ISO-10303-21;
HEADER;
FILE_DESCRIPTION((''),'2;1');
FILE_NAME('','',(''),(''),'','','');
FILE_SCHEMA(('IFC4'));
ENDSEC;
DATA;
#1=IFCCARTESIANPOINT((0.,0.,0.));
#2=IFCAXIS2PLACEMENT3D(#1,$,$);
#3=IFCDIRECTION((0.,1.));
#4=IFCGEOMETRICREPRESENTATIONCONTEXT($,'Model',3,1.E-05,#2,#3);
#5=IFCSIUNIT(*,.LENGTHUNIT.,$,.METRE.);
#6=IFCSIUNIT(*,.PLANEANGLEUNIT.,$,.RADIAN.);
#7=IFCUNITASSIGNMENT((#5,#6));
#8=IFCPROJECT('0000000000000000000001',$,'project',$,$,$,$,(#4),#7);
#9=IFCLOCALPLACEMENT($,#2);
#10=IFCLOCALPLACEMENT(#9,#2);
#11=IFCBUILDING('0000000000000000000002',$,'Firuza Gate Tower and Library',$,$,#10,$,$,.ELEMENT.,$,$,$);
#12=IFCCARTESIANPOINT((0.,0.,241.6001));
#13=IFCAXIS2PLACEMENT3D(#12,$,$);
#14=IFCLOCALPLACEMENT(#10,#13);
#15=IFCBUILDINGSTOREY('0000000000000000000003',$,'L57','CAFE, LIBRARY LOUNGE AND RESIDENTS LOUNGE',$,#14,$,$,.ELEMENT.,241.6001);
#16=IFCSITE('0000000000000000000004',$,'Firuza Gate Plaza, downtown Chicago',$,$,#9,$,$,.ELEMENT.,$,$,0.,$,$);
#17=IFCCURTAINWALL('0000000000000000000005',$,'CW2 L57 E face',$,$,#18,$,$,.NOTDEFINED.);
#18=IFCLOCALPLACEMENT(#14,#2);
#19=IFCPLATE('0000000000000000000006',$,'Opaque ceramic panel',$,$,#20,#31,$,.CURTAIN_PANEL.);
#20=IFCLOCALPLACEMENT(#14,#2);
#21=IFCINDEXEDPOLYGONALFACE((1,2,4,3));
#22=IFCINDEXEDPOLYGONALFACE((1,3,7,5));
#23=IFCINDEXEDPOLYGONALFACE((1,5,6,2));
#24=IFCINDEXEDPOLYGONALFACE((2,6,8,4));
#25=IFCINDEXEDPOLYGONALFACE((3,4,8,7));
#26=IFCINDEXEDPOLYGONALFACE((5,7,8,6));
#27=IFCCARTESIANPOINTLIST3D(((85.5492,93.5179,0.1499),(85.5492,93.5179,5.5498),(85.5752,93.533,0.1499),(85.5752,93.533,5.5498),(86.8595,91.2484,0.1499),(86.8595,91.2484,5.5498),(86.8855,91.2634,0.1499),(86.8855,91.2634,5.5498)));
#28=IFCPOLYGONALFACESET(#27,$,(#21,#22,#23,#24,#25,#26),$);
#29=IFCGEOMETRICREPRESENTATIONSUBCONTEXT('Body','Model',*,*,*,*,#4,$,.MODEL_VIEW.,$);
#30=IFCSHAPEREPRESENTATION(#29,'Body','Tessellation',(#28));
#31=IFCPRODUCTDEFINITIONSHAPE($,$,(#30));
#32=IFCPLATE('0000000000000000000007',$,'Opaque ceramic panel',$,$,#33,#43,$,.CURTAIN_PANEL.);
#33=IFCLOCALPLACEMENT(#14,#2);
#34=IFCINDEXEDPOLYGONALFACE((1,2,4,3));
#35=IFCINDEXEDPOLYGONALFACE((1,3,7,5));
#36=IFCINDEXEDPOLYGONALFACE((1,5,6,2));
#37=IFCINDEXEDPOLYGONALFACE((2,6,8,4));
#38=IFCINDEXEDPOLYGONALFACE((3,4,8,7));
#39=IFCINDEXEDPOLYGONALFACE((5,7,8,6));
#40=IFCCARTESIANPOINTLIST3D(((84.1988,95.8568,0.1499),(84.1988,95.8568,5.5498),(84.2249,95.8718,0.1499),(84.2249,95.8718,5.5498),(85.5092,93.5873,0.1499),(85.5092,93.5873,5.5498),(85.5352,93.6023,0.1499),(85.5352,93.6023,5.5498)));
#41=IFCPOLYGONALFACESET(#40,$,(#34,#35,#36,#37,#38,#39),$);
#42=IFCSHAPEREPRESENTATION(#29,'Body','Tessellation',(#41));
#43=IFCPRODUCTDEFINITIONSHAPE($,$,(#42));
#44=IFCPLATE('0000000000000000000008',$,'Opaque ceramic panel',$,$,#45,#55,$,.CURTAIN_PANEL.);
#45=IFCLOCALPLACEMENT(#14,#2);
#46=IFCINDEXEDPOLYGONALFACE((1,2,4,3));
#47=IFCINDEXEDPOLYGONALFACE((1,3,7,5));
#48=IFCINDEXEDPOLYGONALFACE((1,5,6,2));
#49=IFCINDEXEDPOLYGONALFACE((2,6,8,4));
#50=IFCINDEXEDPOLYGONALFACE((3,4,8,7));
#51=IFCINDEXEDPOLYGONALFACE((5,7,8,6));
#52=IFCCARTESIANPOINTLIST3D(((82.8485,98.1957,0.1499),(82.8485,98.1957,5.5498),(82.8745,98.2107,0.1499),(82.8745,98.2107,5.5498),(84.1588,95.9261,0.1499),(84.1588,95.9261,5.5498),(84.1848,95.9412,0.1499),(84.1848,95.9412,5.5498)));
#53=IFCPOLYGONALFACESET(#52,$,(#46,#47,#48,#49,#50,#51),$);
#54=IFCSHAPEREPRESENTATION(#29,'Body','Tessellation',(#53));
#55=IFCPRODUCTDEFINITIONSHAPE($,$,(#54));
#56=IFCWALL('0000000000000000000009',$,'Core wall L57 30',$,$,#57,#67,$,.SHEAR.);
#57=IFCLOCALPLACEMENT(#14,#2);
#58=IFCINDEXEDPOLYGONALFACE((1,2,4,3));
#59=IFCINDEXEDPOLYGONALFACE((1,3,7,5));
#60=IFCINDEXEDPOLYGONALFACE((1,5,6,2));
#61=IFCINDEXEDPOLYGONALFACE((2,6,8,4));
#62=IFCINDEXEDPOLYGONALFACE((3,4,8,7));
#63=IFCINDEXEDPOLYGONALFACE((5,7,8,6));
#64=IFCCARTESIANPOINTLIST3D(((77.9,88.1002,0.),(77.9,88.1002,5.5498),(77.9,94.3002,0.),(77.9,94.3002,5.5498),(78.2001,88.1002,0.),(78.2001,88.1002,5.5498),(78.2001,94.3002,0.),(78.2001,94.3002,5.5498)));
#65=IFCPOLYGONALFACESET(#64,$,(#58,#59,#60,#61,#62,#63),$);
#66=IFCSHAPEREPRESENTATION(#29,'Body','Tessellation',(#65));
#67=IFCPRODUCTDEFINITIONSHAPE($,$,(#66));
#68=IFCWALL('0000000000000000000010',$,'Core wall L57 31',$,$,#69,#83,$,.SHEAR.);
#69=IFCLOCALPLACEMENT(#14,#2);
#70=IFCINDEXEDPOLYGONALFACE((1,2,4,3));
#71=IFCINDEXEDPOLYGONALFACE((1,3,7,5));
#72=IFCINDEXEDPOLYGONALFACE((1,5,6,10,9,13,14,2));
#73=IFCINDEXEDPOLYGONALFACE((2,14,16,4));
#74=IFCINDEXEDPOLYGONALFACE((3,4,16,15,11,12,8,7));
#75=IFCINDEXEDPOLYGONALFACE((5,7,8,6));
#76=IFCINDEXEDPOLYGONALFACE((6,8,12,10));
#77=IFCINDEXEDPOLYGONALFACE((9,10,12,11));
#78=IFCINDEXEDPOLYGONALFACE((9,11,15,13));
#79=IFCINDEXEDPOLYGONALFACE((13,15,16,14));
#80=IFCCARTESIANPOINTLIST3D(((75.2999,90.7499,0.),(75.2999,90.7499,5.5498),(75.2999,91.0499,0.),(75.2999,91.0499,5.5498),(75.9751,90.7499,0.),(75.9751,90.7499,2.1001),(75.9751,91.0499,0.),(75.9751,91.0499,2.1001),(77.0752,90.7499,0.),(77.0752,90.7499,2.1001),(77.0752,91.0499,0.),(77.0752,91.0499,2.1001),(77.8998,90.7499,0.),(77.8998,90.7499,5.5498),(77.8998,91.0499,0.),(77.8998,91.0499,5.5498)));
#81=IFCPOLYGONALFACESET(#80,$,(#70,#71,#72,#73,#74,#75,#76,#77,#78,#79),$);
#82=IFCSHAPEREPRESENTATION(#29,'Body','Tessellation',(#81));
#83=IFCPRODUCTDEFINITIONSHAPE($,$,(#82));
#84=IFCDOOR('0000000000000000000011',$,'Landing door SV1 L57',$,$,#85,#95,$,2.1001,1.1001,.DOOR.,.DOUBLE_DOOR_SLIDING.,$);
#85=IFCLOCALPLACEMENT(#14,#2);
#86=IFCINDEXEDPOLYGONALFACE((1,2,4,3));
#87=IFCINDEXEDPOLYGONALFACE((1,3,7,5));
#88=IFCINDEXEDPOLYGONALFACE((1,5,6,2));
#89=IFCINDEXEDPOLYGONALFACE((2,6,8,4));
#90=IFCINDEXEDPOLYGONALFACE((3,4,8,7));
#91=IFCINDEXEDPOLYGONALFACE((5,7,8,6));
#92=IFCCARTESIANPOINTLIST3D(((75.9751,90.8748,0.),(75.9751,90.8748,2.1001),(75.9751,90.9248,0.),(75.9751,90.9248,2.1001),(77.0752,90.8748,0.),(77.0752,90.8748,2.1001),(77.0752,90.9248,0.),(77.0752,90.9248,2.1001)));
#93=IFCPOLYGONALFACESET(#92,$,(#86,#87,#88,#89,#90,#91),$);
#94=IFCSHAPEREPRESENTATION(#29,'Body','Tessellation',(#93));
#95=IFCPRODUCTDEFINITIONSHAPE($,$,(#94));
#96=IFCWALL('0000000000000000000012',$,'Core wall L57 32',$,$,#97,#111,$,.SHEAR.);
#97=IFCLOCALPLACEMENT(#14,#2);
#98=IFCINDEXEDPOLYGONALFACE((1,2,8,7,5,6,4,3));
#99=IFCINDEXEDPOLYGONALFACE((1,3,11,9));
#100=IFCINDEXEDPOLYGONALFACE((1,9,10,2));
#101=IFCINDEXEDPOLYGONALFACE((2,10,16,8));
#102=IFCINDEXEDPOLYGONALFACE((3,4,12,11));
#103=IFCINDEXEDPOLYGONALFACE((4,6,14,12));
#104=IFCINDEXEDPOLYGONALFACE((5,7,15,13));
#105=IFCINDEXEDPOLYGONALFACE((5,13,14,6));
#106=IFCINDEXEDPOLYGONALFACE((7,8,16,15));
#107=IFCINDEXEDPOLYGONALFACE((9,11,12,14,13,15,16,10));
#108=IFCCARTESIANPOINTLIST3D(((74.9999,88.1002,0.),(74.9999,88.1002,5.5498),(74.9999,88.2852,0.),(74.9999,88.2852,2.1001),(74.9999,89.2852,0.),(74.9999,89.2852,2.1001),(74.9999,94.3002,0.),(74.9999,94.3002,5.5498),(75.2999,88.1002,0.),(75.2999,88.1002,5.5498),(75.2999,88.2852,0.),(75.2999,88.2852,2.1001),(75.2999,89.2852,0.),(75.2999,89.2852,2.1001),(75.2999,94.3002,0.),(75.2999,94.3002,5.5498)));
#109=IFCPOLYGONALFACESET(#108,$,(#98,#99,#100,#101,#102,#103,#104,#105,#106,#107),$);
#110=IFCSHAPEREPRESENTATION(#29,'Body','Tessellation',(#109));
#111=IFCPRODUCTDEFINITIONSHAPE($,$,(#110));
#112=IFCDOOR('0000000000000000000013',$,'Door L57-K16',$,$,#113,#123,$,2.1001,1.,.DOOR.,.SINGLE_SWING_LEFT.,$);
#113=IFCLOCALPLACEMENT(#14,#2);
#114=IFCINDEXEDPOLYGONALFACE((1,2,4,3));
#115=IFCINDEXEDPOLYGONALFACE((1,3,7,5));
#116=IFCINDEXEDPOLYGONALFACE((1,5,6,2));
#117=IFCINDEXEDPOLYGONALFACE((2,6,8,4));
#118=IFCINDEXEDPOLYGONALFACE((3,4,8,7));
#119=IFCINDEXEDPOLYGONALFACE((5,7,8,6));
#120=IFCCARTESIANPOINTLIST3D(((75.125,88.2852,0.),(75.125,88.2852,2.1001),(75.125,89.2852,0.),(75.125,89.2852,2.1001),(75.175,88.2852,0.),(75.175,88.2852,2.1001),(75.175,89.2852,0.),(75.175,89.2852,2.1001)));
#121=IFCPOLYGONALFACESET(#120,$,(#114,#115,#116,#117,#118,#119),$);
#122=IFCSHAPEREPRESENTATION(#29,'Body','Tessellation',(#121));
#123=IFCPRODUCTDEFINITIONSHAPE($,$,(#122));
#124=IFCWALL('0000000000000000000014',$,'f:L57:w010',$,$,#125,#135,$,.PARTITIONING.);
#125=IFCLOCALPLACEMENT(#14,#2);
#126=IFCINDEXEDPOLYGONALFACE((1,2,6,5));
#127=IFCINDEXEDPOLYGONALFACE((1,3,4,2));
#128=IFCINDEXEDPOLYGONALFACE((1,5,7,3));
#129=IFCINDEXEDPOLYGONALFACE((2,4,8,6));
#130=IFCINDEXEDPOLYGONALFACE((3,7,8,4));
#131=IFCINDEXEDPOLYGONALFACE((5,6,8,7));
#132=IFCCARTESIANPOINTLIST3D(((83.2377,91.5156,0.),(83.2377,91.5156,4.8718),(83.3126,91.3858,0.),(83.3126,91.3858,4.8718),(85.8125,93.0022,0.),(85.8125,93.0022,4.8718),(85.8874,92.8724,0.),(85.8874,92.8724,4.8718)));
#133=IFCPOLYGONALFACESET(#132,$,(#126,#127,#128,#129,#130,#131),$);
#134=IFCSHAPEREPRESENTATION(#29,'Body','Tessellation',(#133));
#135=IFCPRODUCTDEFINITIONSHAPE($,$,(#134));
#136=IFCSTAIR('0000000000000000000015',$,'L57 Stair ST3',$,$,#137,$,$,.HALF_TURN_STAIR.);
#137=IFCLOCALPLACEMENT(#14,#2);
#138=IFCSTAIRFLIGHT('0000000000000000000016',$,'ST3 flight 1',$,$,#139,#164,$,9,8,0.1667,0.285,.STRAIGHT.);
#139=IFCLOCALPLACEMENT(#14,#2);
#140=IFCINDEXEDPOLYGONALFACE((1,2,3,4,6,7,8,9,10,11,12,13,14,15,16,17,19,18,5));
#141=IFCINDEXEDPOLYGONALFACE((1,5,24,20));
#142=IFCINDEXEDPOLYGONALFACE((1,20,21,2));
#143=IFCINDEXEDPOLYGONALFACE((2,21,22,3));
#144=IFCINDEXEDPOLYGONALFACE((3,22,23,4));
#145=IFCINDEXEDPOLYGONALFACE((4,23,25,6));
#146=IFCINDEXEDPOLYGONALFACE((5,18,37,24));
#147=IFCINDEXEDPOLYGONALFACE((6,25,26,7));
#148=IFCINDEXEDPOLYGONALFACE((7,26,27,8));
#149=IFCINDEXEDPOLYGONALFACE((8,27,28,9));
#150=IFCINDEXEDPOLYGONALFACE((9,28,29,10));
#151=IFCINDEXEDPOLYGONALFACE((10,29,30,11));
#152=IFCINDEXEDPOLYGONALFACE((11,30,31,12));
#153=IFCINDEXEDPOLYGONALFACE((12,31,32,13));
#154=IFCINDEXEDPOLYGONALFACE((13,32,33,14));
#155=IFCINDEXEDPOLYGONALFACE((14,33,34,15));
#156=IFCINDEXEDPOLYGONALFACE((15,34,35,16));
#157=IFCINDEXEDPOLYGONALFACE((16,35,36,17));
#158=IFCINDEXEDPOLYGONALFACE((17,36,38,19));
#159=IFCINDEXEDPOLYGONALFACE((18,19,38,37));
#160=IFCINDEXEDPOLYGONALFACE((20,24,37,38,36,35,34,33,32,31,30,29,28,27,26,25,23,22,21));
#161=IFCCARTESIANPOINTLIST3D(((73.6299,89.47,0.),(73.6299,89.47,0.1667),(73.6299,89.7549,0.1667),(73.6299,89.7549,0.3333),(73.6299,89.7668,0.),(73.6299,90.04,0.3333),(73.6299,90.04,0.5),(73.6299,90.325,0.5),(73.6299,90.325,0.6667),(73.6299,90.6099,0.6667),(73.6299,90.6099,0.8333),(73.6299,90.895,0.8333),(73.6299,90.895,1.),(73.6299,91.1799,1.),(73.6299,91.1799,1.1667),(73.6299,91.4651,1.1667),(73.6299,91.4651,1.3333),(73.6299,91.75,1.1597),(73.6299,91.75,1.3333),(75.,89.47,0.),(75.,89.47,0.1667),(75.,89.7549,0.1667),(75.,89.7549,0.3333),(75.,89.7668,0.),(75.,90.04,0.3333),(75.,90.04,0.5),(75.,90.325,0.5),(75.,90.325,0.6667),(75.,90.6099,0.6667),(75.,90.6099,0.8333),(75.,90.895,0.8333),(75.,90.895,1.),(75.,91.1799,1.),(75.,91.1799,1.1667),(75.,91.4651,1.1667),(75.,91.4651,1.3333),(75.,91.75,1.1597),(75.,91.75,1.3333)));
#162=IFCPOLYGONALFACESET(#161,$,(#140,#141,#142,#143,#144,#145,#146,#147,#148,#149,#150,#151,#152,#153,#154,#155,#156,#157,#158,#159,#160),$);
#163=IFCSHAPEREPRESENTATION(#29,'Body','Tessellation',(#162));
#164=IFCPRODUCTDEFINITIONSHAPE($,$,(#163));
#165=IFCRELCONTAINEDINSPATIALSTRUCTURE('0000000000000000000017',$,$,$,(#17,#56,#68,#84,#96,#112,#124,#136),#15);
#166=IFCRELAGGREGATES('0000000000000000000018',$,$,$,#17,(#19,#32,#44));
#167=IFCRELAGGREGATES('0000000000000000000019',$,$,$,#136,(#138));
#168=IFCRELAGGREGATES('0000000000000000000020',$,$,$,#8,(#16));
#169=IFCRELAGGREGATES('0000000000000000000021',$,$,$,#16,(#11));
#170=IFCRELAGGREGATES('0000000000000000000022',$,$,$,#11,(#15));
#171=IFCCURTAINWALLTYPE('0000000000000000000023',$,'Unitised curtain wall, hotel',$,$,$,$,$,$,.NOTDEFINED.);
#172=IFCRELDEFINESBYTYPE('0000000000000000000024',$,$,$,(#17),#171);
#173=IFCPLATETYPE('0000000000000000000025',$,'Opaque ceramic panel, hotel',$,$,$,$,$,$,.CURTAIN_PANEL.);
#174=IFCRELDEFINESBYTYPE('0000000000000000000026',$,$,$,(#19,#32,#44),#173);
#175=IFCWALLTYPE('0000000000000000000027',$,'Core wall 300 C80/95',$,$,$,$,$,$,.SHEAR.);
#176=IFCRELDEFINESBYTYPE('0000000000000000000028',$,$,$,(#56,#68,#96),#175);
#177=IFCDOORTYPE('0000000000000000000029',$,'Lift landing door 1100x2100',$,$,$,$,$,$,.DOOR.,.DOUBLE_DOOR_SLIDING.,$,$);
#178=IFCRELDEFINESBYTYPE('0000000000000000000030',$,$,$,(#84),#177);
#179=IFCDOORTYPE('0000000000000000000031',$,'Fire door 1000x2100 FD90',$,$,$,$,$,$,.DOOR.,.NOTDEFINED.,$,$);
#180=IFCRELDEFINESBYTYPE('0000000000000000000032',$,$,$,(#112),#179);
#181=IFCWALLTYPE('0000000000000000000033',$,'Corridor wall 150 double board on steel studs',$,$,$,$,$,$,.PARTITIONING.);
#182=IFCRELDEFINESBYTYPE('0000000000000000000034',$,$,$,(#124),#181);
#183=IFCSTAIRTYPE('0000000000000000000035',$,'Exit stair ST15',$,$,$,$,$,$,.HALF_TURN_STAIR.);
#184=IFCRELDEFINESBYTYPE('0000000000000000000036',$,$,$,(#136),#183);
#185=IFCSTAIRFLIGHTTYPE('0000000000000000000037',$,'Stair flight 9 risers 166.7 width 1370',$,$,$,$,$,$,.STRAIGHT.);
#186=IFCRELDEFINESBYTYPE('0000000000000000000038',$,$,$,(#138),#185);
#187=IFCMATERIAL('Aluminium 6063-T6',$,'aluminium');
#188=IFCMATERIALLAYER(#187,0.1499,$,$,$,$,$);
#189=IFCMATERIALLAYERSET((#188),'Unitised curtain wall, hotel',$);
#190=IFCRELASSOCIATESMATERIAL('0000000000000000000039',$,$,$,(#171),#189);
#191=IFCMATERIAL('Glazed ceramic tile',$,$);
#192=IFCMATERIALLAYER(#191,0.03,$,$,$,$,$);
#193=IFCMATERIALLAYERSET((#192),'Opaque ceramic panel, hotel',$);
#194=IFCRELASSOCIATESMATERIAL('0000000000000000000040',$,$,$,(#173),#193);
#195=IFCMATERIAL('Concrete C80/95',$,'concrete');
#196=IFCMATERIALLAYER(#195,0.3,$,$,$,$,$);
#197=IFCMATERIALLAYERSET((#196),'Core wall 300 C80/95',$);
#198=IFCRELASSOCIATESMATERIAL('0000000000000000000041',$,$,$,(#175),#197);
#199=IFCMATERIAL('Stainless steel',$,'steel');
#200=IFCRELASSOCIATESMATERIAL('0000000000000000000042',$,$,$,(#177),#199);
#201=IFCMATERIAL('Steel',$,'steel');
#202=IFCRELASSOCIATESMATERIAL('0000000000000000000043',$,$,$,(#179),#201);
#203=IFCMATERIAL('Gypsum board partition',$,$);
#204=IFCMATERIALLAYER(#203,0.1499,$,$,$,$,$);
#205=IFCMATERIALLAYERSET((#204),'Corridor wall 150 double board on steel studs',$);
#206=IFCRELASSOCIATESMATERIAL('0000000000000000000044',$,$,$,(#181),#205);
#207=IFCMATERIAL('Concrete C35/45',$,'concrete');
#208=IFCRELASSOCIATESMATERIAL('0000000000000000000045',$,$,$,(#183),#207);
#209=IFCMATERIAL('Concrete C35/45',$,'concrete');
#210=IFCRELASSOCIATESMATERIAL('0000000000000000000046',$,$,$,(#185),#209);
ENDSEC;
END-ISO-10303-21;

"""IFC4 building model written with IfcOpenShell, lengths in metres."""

from ifc_helpers import new_model, si_unit, direction, frame, frame_2d, origin, place, context, subcontext, project, spatial, polyline, rectangle, outline, extrude, material, layer, layer_set, type_object, element, fill, aggregate, save


model = new_model("IFC4")

# Units and contexts
model_context = context("Model", 3, precision=1e-05, world=origin(), true_north=direction((0.0, 1.0)))
body_context = subcontext(model_context, "Body", "Model", "MODEL_VIEW")
ifc_project = project(units=[si_unit("LENGTHUNIT", "METRE"), si_unit("PLANEANGLEUNIT", "RADIAN")], contexts=[model_context])

# Site, building, storey
site_placement = place(None, origin())
site = spatial("IfcSite", under=ifc_project, at=site_placement, Name="Firuza Gate Plaza, downtown Chicago", CompositionType="ELEMENT", RefElevation=0.0)
building_placement = place(site_placement, origin())
building = spatial("IfcBuilding", under=site, at=building_placement, Name="Firuza Gate Tower and Library", CompositionType="ELEMENT")
storey_placement = place(building_placement, frame((0.0, 0.0, 241.6001)))
storey = spatial("IfcBuildingStorey", under=building, at=storey_placement, Name="L57", Description="CAFE, LIBRARY LOUNGE AND RESIDENTS LOUNGE", CompositionType="ELEMENT", Elevation=241.6001)

# Curtain wall
ifc_material_1 = material(Name="Aluminium 6063-T6", Category="aluminium")
ifc_layer_1 = layer(ifc_material_1, 0.1499)
ifc_layer_set_1 = layer_set([ifc_layer_1], Name="Unitised curtain wall, hotel")
curtain_wall_type = type_object("IfcCurtainWallType", Name="Unitised curtain wall, hotel", PredefinedType="NOTDEFINED", material=ifc_layer_set_1)
placement = place(storey_placement, origin())
curtain_wall = element("IfcCurtainWall", 1, at=placement, inside=storey, type_object=curtain_wall_type, Name="CW2 L57 E face", PredefinedType="NOTDEFINED")

# Plates
ifc_material_2 = material(Name="Glazed ceramic tile")
ifc_layer_2 = layer(ifc_material_2, 0.03)
ifc_layer_set_2 = layer_set([ifc_layer_2], Name="Opaque ceramic panel, hotel")
plate_type = type_object("IfcPlateType", Name="Opaque ceramic panel, hotel", PredefinedType="CURTAIN_PANEL", material=ifc_layer_set_2)
plate_1_placement = place(storey_placement, frame((86.8855, 91.2634, 0.1499), z_axis=(0.866027, 0.499997, 0.0), x_axis=(-0.499997, 0.866027, 0.0)))
plate_1 = element("IfcPlate", 2, at=plate_1_placement, type_object=plate_type, Name="Opaque ceramic panel", PredefinedType="CURTAIN_PANEL", context=body_context, shape_type="SweptSolid", body=[
    extrude(outline(polyline([(0.0, 0.0), (2.6206, 0.0), (2.6206, 5.3999), (0.0, 5.3999), (0.0, 0.0)])), origin(), (0.0, 0.0, -1.0), 0.03),
])
plate_2_placement = place(storey_placement, frame((85.5352, 93.6023, 0.1499), z_axis=(0.866027, 0.499997, 0.0), x_axis=(-0.499997, 0.866027, 0.0)))
plate_2 = element("IfcPlate", 3, at=plate_2_placement, type_object=plate_type, Name="Opaque ceramic panel", PredefinedType="CURTAIN_PANEL", context=body_context, shape_type="SweptSolid", body=[
    extrude(outline(polyline([(0.0, 0.0), (2.6206, 0.0), (2.6206, 5.3999), (0.0, 5.3999), (0.0, 0.0)])), origin(), (0.0, 0.0, -1.0), 0.03),
])
plate_3_placement = place(storey_placement, frame((84.1848, 95.9412, 0.1499), z_axis=(0.866027, 0.499997, 0.0), x_axis=(-0.499997, 0.866027, 0.0)))
plate_3 = element("IfcPlate", 4, at=plate_3_placement, type_object=plate_type, Name="Opaque ceramic panel", PredefinedType="CURTAIN_PANEL", context=body_context, shape_type="SweptSolid", body=[
    extrude(outline(polyline([(0.0, 0.0), (2.6206, 0.0), (2.6206, 5.3999), (0.0, 5.3999), (0.0, 0.0)])), origin(), (0.0, 0.0, -1.0), 0.03),
])
aggregate(curtain_wall, [plate_1, plate_2, plate_3])

# Wall
ifc_material_3 = material(Name="Concrete C80/95", Category="concrete")
ifc_layer_3 = layer(ifc_material_3, 0.3)
ifc_layer_set_3 = layer_set([ifc_layer_3], Name="Core wall 300 C80/95")
wall_type_1 = type_object("IfcWallType", Name="Core wall 300 C80/95", PredefinedType="SHEAR", material=ifc_layer_set_3)
wall_1_placement = place(storey_placement, frame((78.05, 88.1001, 0.0), z_axis=(0.0, 0.0, 1.0), x_axis=(0.0, 1.0, 0.0)))
element("IfcWall", 5, at=wall_1_placement, inside=storey, type_object=wall_type_1, Name="Core wall L57 30", PredefinedType="SHEAR", context=body_context, shape_type="SweptSolid", body=[
    extrude(rectangle(XDim=6.2, YDim=0.3, at=frame_2d((3.1001, 0.0))), origin(), (0.0, 0.0, 1.0), 5.5498),
])

# Walls, openings, doors
wall_2_placement = place(storey_placement, frame((75.3, 90.8999, 0.0), z_axis=(0.0, 0.0, 1.0), x_axis=(1.0, 0.0, 0.0)))
wall_2 = element("IfcWall", 6, at=wall_2_placement, inside=storey, type_object=wall_type_1, Name="Core wall L57 31", PredefinedType="SHEAR", context=body_context, shape_type="SweptSolid", body=[
    extrude(rectangle(XDim=2.5999, YDim=0.3, at=frame_2d((1.2998, 0.0))), origin(), (0.0, 0.0, 1.0), 5.5498),
])
opening_1_placement = place(wall_2_placement, frame((0.675, 0.0, 0.0)))
opening_1 = element("IfcOpeningElement", 7, at=opening_1_placement, cuts=wall_2, PredefinedType="OPENING", context=body_context, shape_type="SweptSolid", body=[
    extrude(rectangle(XDim=1.1001, YDim=2.1001, at=frame_2d((0.55, 1.05))), frame((0.0, 0.1602, 0.0), z_axis=(0.0, -1.0, 0.0), x_axis=(1.0, 0.0, 0.0)), (0.0, 0.0, 1.0), 0.3201),
])
ifc_material_4 = material(Name="Stainless steel", Category="steel")
door_type_1 = type_object("IfcDoorType", Name="Lift landing door 1100x2100", OperationType="DOUBLE_DOOR_SLIDING", PredefinedType="DOOR", material=ifc_material_4)
door_1_placement = place(opening_1_placement, origin())
door_1 = element("IfcDoor", 8, at=door_1_placement, inside=storey, type_object=door_type_1, Name="Landing door SV1 L57", OperationType="DOUBLE_DOOR_SLIDING", OverallHeight=2.1001, OverallWidth=1.1001, PredefinedType="DOOR", context=body_context, shape_type="SweptSolid", body=[
    extrude(rectangle(XDim=1.1001, YDim=2.1001, at=frame_2d((0.55, 1.05))), frame((0.0, 0.0249, 0.0), z_axis=(0.0, -1.0, 0.0), x_axis=(1.0, 0.0, 0.0)), (0.0, 0.0, 1.0), 0.05),
])
fill(opening_1, door_1)
wall_3_placement = place(storey_placement, frame((75.1499, 88.1001, 0.0), z_axis=(0.0, 0.0, 1.0), x_axis=(0.0, 1.0, 0.0)))
wall_3 = element("IfcWall", 9, at=wall_3_placement, inside=storey, type_object=wall_type_1, Name="Core wall L57 32", PredefinedType="SHEAR", context=body_context, shape_type="SweptSolid", body=[
    extrude(rectangle(XDim=6.2, YDim=0.3, at=frame_2d((3.1001, 0.0))), origin(), (0.0, 0.0, 1.0), 5.5498),
])
opening_2_placement = place(wall_3_placement, frame((0.1851, 0.0, 0.0)))
opening_2 = element("IfcOpeningElement", 10, at=opening_2_placement, cuts=wall_3, PredefinedType="OPENING", context=body_context, shape_type="SweptSolid", body=[
    extrude(rectangle(XDim=1.0, YDim=2.1001, at=frame_2d((0.5, 1.05))), frame((0.0, 0.1602, 0.0), z_axis=(0.0, -1.0, 0.0), x_axis=(1.0, 0.0, 0.0)), (0.0, 0.0, 1.0), 0.3201),
])
ifc_material_5 = material(Name="Steel", Category="steel")
door_type_2 = type_object("IfcDoorType", Name="Fire door 1000x2100 FD90", OperationType="NOTDEFINED", PredefinedType="DOOR", material=ifc_material_5)
door_2_placement = place(opening_2_placement, origin())
door_2 = element("IfcDoor", 11, at=door_2_placement, inside=storey, type_object=door_type_2, Name="Door L57-K16", OperationType="SINGLE_SWING_LEFT", OverallHeight=2.1001, OverallWidth=1.0, PredefinedType="DOOR", context=body_context, shape_type="SweptSolid", body=[
    extrude(rectangle(XDim=1.0, YDim=2.1001, at=frame_2d((0.5, 1.05))), frame((0.0, 0.0249, 0.0), z_axis=(0.0, -1.0, 0.0), x_axis=(1.0, 0.0, 0.0)), (0.0, 0.0, 1.0), 0.05),
])
fill(opening_2, door_2)

# Wall
ifc_material_6 = material(Name="Gypsum board partition")
ifc_layer_4 = layer(ifc_material_6, 0.1499)
ifc_layer_set_4 = layer_set([ifc_layer_4], Name="Corridor wall 150 double board on steel studs")
wall_type_2 = type_object("IfcWallType", Name="Corridor wall 150 double board on steel studs", PredefinedType="PARTITIONING", material=ifc_layer_set_4)
wall_4_placement = place(storey_placement, frame((83.2751, 91.4507, 0.0), z_axis=(0.0, 0.0, 1.0), x_axis=(0.866016, 0.500016, 0.0)))
element("IfcWall", 12, at=wall_4_placement, inside=storey, type_object=wall_type_2, Name="f:L57:w010", PredefinedType="PARTITIONING", context=body_context, shape_type="SweptSolid", body=[
    extrude(rectangle(XDim=2.9731, YDim=0.1499, at=frame_2d((1.4866, 0.0))), origin(), (0.0, 0.0, 1.0), 4.8718),
])

# Stair, stair flight
ifc_material_7 = material(Name="Concrete C35/45", Category="concrete")
stair_type = type_object("IfcStairType", Name="Exit stair ST15", PredefinedType="HALF_TURN_STAIR", material=ifc_material_7)
stair = element("IfcStair", 13, at=placement, inside=storey, type_object=stair_type, Name="L57 Stair ST3", PredefinedType="HALF_TURN_STAIR")
ifc_material_8 = material(Name="Concrete C35/45", Category="concrete")
stair_flight_type = type_object("IfcStairFlightType", Name="Stair flight 9 risers 166.7 width 1370", PredefinedType="STRAIGHT", material=ifc_material_8)
stair_flight_1_placement = place(storey_placement, frame((74.3149, 89.47, 0.0), z_axis=(0.0, 0.0, 1.0), x_axis=(0.0, 1.0, 0.0)))
stair_flight_1 = element("IfcStairFlight", 14, at=stair_flight_1_placement, type_object=stair_flight_type, Name="ST3 flight 1", NumberOfRisers=9, NumberOfTreads=8, PredefinedType="STRAIGHT", RiserHeight=0.1667, TreadLength=0.285, context=body_context, shape_type="SweptSolid", body=[
    extrude(outline(polyline([(0.0, 0.0), (0.0, 0.1667), (0.2849, 0.1667), (0.2849, 0.3333), (0.5701, 0.3333), (0.5701, 0.5), (0.855, 0.5), (0.855, 0.6667), (1.1399, 0.6667), (1.1399, 0.8333), (1.425, 0.8333), (1.425, 1.0), (1.71, 1.0), (1.71, 1.1667), (1.9951, 1.1667), (1.9951, 1.3333), (2.28, 1.3333), (2.28, 1.5), (2.28, 1.1597), (0.2969, 0.0), (0.0, 0.0)])), frame((0.0, 0.6851, 0.0), z_axis=(0.0, -1.0, 0.0), x_axis=(1.0, 0.0, 0.0)), (0.0, 0.0, 1.0), 1.3701),
])
aggregate(stair, [stair_flight_1])

save(model, "model.ifc")
